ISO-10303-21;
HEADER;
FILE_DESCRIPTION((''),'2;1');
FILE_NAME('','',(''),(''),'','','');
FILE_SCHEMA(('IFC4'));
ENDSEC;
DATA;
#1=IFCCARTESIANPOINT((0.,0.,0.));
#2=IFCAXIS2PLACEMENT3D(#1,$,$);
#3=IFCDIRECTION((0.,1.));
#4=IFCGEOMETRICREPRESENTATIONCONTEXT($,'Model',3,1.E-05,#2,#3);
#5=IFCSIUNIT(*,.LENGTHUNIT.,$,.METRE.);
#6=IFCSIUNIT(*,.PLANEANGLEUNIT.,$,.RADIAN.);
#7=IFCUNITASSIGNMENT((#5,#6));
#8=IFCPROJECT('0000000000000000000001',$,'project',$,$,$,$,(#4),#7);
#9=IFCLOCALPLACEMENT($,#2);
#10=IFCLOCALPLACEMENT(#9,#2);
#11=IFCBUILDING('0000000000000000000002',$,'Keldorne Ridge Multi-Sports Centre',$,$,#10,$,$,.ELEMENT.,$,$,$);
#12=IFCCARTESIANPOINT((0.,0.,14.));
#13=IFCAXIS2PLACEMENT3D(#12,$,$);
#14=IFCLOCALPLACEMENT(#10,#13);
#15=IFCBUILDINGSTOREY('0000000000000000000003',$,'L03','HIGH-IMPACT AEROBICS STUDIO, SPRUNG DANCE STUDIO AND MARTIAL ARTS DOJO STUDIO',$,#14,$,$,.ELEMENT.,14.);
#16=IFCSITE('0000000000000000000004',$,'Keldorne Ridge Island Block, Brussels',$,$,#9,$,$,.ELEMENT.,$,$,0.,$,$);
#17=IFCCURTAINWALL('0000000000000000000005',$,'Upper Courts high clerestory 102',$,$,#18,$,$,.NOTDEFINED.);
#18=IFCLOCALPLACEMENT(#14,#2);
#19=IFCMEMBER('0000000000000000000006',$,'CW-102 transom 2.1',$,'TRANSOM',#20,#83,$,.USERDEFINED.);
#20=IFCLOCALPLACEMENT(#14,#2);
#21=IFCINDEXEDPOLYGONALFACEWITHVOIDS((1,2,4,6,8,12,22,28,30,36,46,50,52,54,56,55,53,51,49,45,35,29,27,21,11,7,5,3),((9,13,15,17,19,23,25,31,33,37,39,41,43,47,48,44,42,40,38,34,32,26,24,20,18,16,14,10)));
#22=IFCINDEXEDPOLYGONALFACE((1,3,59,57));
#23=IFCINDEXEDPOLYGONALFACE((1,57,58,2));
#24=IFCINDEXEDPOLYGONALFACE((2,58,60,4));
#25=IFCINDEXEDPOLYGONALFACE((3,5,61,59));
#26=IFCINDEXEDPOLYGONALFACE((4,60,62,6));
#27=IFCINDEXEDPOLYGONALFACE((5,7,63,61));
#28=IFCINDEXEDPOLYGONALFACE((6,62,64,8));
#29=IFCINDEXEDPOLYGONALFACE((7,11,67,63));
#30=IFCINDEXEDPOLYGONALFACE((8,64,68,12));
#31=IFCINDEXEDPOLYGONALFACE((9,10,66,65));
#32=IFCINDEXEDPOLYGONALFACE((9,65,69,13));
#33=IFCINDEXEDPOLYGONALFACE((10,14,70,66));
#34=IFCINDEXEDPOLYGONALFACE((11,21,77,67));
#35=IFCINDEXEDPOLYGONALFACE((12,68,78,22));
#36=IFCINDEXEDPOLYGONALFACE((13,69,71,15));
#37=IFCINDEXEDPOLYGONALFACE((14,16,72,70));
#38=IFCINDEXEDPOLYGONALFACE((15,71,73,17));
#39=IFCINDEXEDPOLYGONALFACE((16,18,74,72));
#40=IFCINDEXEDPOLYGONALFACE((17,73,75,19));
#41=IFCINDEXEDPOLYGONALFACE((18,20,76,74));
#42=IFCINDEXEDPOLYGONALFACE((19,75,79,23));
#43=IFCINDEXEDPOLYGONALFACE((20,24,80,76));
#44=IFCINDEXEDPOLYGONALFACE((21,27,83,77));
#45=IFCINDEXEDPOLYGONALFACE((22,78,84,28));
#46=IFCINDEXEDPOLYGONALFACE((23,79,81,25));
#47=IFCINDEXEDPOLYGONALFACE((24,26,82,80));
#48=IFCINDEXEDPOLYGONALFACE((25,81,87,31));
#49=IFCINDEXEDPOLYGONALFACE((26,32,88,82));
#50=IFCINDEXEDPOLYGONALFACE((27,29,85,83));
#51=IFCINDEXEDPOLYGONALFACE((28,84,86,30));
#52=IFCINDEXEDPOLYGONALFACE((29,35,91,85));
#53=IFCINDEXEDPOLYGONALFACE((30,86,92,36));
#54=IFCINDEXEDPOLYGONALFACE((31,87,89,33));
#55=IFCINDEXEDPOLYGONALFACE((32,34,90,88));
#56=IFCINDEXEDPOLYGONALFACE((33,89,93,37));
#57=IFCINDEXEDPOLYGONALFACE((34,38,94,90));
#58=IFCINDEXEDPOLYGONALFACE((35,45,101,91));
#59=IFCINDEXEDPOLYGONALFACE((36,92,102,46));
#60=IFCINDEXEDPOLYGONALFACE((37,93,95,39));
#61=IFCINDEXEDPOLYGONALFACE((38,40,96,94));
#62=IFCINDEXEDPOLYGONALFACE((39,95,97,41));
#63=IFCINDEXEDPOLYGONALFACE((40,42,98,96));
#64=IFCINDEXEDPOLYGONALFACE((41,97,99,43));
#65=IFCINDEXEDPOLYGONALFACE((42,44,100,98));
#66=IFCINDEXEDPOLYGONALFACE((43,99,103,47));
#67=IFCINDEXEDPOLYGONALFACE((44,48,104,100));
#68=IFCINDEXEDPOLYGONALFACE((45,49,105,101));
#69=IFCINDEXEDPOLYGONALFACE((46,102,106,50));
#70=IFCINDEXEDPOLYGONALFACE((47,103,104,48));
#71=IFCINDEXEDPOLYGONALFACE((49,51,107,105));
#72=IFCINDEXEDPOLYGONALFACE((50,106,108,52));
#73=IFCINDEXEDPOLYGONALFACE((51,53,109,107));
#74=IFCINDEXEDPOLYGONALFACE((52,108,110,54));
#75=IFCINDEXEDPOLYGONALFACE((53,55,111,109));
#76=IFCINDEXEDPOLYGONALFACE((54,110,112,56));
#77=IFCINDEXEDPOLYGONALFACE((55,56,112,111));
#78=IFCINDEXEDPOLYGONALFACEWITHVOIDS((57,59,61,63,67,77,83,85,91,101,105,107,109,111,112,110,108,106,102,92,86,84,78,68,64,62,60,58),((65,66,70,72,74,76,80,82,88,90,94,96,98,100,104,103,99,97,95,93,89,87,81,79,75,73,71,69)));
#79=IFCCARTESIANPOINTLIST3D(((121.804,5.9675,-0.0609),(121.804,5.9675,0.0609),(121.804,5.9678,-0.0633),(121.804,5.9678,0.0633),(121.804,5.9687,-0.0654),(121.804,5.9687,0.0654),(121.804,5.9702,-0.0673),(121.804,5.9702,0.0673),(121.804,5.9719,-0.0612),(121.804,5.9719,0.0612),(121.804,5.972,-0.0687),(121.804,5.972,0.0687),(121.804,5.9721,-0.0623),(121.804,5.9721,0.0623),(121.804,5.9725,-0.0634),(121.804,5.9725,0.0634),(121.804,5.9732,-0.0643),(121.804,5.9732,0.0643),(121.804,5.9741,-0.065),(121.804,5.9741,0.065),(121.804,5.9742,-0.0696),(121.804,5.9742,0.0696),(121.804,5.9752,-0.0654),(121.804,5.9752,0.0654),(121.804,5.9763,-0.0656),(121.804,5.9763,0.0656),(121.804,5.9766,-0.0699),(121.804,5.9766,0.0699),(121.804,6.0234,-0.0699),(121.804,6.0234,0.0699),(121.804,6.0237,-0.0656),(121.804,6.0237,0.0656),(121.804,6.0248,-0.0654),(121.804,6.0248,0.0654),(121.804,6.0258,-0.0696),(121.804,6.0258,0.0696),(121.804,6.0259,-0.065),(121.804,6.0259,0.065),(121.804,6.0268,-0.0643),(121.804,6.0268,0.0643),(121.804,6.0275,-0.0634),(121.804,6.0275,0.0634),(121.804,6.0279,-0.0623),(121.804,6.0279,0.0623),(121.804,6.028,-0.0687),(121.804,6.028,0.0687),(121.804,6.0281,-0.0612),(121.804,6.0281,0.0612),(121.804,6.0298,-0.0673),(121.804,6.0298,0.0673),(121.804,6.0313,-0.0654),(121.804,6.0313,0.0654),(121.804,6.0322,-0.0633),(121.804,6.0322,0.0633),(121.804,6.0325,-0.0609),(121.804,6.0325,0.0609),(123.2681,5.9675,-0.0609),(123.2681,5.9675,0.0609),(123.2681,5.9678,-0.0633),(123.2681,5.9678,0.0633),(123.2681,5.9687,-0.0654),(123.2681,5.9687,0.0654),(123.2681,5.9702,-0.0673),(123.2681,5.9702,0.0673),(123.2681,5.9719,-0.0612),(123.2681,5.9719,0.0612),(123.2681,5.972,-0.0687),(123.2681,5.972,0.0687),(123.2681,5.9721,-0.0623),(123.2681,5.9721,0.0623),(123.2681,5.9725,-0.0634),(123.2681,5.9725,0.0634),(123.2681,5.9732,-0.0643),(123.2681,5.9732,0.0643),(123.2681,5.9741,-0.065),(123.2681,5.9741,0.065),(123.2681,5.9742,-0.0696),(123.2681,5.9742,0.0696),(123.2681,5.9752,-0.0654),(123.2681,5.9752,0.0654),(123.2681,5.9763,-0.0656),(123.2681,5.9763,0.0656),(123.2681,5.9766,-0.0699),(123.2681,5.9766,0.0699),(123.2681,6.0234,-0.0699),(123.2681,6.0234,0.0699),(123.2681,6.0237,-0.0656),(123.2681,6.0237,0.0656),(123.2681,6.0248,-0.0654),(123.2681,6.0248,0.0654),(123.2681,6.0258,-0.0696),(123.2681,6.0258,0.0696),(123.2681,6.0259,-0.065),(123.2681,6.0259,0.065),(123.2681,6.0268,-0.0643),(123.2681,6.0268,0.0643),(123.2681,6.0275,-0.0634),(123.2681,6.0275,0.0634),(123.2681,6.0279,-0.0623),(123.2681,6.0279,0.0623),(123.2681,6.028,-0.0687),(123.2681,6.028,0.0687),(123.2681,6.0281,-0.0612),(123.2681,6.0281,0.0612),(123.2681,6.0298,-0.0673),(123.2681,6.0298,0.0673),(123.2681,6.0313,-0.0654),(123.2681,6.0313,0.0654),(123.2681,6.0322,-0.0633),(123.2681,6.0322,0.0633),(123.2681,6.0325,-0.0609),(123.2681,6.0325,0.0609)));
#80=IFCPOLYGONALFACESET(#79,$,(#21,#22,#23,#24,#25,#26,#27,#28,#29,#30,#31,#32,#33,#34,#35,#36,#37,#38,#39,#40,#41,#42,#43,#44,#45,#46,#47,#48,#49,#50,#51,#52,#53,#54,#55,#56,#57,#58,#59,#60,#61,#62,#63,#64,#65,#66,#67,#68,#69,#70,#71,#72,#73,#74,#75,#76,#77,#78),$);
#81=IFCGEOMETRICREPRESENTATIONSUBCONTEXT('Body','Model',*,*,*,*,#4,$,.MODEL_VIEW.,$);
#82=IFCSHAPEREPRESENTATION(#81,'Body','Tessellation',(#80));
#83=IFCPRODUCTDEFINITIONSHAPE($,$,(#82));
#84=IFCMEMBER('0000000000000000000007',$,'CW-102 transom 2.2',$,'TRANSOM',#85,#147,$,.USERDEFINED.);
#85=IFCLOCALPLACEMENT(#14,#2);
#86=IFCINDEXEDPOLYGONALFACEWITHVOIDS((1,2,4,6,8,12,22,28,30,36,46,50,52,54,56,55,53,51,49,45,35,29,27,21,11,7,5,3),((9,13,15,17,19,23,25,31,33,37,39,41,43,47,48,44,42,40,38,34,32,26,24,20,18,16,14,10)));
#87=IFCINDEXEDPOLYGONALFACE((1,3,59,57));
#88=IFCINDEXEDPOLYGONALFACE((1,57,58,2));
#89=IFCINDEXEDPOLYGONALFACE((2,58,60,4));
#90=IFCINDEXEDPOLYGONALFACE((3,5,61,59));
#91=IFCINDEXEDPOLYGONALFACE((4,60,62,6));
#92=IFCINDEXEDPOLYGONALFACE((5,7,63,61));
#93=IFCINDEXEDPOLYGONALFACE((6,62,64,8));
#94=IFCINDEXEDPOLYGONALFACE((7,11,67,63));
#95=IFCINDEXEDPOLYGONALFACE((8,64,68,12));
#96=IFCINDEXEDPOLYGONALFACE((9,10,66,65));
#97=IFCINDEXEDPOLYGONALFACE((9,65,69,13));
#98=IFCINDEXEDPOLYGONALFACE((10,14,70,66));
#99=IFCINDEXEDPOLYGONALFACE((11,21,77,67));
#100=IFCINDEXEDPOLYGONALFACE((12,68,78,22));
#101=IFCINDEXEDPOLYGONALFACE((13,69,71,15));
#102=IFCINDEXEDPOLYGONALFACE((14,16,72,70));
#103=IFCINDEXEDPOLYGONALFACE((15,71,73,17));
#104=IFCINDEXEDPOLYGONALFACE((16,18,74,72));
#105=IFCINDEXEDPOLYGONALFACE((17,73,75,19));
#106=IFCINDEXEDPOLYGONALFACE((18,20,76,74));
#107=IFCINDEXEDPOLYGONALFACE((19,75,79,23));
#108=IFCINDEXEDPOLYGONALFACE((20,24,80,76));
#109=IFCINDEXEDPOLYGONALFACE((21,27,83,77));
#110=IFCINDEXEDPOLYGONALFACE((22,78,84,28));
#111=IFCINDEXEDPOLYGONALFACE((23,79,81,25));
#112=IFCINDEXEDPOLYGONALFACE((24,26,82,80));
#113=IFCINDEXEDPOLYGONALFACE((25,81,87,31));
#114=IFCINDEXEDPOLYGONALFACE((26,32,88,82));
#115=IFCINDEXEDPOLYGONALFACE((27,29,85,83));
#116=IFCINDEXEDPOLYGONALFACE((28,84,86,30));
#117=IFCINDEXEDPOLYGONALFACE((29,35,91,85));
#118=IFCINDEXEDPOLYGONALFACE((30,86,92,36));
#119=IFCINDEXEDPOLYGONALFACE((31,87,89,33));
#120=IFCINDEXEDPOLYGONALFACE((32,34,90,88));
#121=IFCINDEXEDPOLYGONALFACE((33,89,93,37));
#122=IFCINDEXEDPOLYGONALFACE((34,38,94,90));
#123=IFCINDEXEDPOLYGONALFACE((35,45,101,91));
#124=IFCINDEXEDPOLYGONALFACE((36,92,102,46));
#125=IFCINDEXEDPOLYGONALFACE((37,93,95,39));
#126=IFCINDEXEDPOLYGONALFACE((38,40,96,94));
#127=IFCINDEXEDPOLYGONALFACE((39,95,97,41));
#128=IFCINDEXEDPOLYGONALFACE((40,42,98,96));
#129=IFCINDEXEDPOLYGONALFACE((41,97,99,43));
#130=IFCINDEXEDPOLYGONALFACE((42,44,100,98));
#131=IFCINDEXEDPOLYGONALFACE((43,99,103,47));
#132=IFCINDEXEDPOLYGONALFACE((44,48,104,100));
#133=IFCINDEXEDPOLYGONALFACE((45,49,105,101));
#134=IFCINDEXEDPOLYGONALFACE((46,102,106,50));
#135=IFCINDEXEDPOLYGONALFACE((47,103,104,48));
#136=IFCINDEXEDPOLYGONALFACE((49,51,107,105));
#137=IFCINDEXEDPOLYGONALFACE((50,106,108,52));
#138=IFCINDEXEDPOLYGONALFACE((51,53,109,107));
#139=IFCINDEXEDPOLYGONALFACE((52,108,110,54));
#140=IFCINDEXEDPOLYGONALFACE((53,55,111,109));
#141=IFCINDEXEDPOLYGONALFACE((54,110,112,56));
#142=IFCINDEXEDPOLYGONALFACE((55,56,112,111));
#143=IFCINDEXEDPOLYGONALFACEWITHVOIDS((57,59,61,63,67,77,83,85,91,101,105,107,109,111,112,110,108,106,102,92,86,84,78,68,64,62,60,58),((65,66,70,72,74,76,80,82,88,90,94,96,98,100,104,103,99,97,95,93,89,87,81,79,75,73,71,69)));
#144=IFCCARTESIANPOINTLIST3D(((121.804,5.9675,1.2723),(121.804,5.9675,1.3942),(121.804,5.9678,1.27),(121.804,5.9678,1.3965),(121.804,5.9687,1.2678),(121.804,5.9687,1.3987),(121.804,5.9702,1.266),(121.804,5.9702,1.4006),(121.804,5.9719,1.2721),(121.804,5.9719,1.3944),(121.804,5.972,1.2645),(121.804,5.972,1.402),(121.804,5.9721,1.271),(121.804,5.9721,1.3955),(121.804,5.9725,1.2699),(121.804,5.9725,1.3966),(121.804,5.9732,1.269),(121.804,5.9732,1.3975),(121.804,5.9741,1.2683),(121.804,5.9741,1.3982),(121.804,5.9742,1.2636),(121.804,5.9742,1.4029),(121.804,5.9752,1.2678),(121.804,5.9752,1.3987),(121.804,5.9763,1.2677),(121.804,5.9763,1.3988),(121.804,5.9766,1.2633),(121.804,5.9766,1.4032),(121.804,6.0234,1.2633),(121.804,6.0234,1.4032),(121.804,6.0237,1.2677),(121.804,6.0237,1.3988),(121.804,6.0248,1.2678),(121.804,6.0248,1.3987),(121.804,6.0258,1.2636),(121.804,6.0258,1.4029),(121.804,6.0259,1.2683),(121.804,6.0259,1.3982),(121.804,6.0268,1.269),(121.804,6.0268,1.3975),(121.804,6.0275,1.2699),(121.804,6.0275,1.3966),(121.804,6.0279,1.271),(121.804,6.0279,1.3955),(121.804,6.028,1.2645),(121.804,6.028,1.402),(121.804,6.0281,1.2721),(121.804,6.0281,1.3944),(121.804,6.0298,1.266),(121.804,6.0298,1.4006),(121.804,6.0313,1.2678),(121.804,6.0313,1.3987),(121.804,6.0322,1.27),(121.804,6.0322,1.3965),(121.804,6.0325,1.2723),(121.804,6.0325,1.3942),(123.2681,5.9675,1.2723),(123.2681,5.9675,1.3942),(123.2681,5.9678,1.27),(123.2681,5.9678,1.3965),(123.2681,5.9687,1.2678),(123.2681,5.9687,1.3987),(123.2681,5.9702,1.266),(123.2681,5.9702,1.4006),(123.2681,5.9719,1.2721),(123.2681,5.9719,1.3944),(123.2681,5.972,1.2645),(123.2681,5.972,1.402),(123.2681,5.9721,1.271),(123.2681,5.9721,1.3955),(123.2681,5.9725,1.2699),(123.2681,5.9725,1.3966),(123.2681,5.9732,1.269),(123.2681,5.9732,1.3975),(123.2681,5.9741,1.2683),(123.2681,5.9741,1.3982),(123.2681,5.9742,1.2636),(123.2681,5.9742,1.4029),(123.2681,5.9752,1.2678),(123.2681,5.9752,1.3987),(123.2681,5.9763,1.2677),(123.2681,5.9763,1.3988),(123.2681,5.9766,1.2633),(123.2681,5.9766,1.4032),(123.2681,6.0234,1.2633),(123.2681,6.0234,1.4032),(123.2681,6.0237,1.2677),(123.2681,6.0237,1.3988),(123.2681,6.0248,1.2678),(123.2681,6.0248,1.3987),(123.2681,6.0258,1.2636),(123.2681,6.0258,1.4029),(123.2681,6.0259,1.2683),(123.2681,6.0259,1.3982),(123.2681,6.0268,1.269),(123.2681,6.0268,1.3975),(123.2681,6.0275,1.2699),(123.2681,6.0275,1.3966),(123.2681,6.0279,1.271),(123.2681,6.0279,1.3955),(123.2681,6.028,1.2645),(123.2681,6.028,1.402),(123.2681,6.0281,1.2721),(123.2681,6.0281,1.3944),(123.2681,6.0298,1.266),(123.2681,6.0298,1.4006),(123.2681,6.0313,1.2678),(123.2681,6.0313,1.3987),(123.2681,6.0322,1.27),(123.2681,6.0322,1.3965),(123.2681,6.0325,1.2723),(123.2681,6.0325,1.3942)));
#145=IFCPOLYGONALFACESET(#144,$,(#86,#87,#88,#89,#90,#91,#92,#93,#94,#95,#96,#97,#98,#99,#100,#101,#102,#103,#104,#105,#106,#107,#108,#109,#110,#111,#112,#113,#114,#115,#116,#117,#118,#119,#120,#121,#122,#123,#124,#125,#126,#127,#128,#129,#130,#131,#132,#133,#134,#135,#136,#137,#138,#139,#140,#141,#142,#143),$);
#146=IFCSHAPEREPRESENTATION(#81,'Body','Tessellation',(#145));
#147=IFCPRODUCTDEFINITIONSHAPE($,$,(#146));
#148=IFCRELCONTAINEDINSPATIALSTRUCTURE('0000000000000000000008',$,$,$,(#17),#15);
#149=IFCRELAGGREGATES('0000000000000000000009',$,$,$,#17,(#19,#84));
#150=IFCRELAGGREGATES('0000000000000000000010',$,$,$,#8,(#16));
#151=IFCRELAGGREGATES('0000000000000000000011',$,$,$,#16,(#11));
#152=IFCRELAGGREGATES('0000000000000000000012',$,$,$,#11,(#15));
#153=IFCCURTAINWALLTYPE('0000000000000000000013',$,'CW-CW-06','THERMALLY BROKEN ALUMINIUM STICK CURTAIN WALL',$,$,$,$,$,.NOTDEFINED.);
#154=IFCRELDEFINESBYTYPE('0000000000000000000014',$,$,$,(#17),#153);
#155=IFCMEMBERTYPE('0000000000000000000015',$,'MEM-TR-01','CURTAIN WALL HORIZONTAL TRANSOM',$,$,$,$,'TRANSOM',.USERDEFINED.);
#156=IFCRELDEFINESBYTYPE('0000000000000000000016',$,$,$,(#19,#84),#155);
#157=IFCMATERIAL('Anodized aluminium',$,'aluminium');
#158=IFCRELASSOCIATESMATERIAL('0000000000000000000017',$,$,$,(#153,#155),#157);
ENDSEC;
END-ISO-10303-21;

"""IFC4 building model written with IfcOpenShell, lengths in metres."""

from ifc_helpers import new_model, si_unit, direction, frame, origin, origin_2d, place, context, subcontext, project, spatial, hollow_rectangle, extrude, material, material_profile, profile_set, type_object, element, aggregate, save


model = new_model("IFC4")

# Units and contexts
model_context = context("Model", 3, precision=1e-05, world=origin(), true_north=direction((0.0, 1.0)))
body_context = subcontext(model_context, "Body", "Model", "MODEL_VIEW")
ifc_project = project(units=[si_unit("LENGTHUNIT", "METRE"), si_unit("PLANEANGLEUNIT", "RADIAN")], contexts=[model_context])

# Site, building, storey
site_placement = place(None, origin())
site = spatial("IfcSite", under=ifc_project, at=site_placement, Name="Keldorne Ridge Island Block, Brussels", CompositionType="ELEMENT", RefElevation=0.0)
building_placement = place(site_placement, origin())
building = spatial("IfcBuilding", under=site, at=building_placement, Name="Keldorne Ridge Multi-Sports Centre", CompositionType="ELEMENT")
storey_placement = place(building_placement, frame((0.0, 0.0, 14.0)))
storey = spatial("IfcBuildingStorey", under=building, at=storey_placement, Name="L03", Description="HIGH-IMPACT AEROBICS STUDIO, SPRUNG DANCE STUDIO AND MARTIAL ARTS DOJO STUDIO", CompositionType="ELEMENT", Elevation=14.0)

# Curtain wall, members
ifc_material_1 = material(Name="Anodized aluminium", Category="aluminium")
curtain_wall_type = type_object("IfcCurtainWallType", Name="CW-CW-06", Description="THERMALLY BROKEN ALUMINIUM STICK CURTAIN WALL", PredefinedType="NOTDEFINED", material=ifc_material_1)
curtain_wall_placement = place(storey_placement, origin())
curtain_wall = element("IfcCurtainWall", 1, at=curtain_wall_placement, inside=storey, type_object=curtain_wall_type, Name="Upper Courts high clerestory 102", PredefinedType="NOTDEFINED")
ifc_material_profile_1 = material_profile(ifc_material_1, hollow_rectangle(XDim=0.0649, YDim=0.1399, WallThickness=0.0044, InnerFilletRadius=0.0044, OuterFilletRadius=0.009, at=origin_2d()), Name="ALU TRANSOM 140x65x4.5")
ifc_profile_set_1 = profile_set([ifc_material_profile_1], Name="Anodized aluminium")
member_type_1 = type_object("IfcMemberType", Name="MEM-TR-01", Description="CURTAIN WALL HORIZONTAL TRANSOM", ElementType="TRANSOM", PredefinedType="USERDEFINED", material=ifc_profile_set_1)
member_1_placement = place(storey_placement, frame((121.804, 6.0, 0.0), z_axis=(1.0, 0.0, 0.0), x_axis=(0.0, 1.0, 0.0)))
member_1 = element("IfcMember", 2, at=member_1_placement, type_object=member_type_1, Name="CW-102 transom 2.1", ObjectType="TRANSOM", PredefinedType="USERDEFINED", context=body_context, shape_type="SweptSolid", body=[
    extrude(hollow_rectangle(XDim=0.0649, YDim=0.1399, WallThickness=0.0044, InnerFilletRadius=0.0044, OuterFilletRadius=0.009, at=origin_2d()), origin(), (0.0, 0.0, 1.0), 1.4641),
])
member_2_placement = place(storey_placement, frame((121.804, 6.0, 1.3333), z_axis=(1.0, 0.0, 0.0), x_axis=(0.0, 1.0, 0.0)))
member_2 = element("IfcMember", 3, at=member_2_placement, type_object=member_type_1, Name="CW-102 transom 2.2", ObjectType="TRANSOM", PredefinedType="USERDEFINED", context=body_context, shape_type="SweptSolid", body=[
    extrude(hollow_rectangle(XDim=0.0649, YDim=0.1399, WallThickness=0.0044, InnerFilletRadius=0.0044, OuterFilletRadius=0.009, at=origin_2d()), origin(), (0.0, 0.0, 1.0), 1.4641),
])
aggregate(curtain_wall, [member_1, member_2])

save(model, "model.ifc")
